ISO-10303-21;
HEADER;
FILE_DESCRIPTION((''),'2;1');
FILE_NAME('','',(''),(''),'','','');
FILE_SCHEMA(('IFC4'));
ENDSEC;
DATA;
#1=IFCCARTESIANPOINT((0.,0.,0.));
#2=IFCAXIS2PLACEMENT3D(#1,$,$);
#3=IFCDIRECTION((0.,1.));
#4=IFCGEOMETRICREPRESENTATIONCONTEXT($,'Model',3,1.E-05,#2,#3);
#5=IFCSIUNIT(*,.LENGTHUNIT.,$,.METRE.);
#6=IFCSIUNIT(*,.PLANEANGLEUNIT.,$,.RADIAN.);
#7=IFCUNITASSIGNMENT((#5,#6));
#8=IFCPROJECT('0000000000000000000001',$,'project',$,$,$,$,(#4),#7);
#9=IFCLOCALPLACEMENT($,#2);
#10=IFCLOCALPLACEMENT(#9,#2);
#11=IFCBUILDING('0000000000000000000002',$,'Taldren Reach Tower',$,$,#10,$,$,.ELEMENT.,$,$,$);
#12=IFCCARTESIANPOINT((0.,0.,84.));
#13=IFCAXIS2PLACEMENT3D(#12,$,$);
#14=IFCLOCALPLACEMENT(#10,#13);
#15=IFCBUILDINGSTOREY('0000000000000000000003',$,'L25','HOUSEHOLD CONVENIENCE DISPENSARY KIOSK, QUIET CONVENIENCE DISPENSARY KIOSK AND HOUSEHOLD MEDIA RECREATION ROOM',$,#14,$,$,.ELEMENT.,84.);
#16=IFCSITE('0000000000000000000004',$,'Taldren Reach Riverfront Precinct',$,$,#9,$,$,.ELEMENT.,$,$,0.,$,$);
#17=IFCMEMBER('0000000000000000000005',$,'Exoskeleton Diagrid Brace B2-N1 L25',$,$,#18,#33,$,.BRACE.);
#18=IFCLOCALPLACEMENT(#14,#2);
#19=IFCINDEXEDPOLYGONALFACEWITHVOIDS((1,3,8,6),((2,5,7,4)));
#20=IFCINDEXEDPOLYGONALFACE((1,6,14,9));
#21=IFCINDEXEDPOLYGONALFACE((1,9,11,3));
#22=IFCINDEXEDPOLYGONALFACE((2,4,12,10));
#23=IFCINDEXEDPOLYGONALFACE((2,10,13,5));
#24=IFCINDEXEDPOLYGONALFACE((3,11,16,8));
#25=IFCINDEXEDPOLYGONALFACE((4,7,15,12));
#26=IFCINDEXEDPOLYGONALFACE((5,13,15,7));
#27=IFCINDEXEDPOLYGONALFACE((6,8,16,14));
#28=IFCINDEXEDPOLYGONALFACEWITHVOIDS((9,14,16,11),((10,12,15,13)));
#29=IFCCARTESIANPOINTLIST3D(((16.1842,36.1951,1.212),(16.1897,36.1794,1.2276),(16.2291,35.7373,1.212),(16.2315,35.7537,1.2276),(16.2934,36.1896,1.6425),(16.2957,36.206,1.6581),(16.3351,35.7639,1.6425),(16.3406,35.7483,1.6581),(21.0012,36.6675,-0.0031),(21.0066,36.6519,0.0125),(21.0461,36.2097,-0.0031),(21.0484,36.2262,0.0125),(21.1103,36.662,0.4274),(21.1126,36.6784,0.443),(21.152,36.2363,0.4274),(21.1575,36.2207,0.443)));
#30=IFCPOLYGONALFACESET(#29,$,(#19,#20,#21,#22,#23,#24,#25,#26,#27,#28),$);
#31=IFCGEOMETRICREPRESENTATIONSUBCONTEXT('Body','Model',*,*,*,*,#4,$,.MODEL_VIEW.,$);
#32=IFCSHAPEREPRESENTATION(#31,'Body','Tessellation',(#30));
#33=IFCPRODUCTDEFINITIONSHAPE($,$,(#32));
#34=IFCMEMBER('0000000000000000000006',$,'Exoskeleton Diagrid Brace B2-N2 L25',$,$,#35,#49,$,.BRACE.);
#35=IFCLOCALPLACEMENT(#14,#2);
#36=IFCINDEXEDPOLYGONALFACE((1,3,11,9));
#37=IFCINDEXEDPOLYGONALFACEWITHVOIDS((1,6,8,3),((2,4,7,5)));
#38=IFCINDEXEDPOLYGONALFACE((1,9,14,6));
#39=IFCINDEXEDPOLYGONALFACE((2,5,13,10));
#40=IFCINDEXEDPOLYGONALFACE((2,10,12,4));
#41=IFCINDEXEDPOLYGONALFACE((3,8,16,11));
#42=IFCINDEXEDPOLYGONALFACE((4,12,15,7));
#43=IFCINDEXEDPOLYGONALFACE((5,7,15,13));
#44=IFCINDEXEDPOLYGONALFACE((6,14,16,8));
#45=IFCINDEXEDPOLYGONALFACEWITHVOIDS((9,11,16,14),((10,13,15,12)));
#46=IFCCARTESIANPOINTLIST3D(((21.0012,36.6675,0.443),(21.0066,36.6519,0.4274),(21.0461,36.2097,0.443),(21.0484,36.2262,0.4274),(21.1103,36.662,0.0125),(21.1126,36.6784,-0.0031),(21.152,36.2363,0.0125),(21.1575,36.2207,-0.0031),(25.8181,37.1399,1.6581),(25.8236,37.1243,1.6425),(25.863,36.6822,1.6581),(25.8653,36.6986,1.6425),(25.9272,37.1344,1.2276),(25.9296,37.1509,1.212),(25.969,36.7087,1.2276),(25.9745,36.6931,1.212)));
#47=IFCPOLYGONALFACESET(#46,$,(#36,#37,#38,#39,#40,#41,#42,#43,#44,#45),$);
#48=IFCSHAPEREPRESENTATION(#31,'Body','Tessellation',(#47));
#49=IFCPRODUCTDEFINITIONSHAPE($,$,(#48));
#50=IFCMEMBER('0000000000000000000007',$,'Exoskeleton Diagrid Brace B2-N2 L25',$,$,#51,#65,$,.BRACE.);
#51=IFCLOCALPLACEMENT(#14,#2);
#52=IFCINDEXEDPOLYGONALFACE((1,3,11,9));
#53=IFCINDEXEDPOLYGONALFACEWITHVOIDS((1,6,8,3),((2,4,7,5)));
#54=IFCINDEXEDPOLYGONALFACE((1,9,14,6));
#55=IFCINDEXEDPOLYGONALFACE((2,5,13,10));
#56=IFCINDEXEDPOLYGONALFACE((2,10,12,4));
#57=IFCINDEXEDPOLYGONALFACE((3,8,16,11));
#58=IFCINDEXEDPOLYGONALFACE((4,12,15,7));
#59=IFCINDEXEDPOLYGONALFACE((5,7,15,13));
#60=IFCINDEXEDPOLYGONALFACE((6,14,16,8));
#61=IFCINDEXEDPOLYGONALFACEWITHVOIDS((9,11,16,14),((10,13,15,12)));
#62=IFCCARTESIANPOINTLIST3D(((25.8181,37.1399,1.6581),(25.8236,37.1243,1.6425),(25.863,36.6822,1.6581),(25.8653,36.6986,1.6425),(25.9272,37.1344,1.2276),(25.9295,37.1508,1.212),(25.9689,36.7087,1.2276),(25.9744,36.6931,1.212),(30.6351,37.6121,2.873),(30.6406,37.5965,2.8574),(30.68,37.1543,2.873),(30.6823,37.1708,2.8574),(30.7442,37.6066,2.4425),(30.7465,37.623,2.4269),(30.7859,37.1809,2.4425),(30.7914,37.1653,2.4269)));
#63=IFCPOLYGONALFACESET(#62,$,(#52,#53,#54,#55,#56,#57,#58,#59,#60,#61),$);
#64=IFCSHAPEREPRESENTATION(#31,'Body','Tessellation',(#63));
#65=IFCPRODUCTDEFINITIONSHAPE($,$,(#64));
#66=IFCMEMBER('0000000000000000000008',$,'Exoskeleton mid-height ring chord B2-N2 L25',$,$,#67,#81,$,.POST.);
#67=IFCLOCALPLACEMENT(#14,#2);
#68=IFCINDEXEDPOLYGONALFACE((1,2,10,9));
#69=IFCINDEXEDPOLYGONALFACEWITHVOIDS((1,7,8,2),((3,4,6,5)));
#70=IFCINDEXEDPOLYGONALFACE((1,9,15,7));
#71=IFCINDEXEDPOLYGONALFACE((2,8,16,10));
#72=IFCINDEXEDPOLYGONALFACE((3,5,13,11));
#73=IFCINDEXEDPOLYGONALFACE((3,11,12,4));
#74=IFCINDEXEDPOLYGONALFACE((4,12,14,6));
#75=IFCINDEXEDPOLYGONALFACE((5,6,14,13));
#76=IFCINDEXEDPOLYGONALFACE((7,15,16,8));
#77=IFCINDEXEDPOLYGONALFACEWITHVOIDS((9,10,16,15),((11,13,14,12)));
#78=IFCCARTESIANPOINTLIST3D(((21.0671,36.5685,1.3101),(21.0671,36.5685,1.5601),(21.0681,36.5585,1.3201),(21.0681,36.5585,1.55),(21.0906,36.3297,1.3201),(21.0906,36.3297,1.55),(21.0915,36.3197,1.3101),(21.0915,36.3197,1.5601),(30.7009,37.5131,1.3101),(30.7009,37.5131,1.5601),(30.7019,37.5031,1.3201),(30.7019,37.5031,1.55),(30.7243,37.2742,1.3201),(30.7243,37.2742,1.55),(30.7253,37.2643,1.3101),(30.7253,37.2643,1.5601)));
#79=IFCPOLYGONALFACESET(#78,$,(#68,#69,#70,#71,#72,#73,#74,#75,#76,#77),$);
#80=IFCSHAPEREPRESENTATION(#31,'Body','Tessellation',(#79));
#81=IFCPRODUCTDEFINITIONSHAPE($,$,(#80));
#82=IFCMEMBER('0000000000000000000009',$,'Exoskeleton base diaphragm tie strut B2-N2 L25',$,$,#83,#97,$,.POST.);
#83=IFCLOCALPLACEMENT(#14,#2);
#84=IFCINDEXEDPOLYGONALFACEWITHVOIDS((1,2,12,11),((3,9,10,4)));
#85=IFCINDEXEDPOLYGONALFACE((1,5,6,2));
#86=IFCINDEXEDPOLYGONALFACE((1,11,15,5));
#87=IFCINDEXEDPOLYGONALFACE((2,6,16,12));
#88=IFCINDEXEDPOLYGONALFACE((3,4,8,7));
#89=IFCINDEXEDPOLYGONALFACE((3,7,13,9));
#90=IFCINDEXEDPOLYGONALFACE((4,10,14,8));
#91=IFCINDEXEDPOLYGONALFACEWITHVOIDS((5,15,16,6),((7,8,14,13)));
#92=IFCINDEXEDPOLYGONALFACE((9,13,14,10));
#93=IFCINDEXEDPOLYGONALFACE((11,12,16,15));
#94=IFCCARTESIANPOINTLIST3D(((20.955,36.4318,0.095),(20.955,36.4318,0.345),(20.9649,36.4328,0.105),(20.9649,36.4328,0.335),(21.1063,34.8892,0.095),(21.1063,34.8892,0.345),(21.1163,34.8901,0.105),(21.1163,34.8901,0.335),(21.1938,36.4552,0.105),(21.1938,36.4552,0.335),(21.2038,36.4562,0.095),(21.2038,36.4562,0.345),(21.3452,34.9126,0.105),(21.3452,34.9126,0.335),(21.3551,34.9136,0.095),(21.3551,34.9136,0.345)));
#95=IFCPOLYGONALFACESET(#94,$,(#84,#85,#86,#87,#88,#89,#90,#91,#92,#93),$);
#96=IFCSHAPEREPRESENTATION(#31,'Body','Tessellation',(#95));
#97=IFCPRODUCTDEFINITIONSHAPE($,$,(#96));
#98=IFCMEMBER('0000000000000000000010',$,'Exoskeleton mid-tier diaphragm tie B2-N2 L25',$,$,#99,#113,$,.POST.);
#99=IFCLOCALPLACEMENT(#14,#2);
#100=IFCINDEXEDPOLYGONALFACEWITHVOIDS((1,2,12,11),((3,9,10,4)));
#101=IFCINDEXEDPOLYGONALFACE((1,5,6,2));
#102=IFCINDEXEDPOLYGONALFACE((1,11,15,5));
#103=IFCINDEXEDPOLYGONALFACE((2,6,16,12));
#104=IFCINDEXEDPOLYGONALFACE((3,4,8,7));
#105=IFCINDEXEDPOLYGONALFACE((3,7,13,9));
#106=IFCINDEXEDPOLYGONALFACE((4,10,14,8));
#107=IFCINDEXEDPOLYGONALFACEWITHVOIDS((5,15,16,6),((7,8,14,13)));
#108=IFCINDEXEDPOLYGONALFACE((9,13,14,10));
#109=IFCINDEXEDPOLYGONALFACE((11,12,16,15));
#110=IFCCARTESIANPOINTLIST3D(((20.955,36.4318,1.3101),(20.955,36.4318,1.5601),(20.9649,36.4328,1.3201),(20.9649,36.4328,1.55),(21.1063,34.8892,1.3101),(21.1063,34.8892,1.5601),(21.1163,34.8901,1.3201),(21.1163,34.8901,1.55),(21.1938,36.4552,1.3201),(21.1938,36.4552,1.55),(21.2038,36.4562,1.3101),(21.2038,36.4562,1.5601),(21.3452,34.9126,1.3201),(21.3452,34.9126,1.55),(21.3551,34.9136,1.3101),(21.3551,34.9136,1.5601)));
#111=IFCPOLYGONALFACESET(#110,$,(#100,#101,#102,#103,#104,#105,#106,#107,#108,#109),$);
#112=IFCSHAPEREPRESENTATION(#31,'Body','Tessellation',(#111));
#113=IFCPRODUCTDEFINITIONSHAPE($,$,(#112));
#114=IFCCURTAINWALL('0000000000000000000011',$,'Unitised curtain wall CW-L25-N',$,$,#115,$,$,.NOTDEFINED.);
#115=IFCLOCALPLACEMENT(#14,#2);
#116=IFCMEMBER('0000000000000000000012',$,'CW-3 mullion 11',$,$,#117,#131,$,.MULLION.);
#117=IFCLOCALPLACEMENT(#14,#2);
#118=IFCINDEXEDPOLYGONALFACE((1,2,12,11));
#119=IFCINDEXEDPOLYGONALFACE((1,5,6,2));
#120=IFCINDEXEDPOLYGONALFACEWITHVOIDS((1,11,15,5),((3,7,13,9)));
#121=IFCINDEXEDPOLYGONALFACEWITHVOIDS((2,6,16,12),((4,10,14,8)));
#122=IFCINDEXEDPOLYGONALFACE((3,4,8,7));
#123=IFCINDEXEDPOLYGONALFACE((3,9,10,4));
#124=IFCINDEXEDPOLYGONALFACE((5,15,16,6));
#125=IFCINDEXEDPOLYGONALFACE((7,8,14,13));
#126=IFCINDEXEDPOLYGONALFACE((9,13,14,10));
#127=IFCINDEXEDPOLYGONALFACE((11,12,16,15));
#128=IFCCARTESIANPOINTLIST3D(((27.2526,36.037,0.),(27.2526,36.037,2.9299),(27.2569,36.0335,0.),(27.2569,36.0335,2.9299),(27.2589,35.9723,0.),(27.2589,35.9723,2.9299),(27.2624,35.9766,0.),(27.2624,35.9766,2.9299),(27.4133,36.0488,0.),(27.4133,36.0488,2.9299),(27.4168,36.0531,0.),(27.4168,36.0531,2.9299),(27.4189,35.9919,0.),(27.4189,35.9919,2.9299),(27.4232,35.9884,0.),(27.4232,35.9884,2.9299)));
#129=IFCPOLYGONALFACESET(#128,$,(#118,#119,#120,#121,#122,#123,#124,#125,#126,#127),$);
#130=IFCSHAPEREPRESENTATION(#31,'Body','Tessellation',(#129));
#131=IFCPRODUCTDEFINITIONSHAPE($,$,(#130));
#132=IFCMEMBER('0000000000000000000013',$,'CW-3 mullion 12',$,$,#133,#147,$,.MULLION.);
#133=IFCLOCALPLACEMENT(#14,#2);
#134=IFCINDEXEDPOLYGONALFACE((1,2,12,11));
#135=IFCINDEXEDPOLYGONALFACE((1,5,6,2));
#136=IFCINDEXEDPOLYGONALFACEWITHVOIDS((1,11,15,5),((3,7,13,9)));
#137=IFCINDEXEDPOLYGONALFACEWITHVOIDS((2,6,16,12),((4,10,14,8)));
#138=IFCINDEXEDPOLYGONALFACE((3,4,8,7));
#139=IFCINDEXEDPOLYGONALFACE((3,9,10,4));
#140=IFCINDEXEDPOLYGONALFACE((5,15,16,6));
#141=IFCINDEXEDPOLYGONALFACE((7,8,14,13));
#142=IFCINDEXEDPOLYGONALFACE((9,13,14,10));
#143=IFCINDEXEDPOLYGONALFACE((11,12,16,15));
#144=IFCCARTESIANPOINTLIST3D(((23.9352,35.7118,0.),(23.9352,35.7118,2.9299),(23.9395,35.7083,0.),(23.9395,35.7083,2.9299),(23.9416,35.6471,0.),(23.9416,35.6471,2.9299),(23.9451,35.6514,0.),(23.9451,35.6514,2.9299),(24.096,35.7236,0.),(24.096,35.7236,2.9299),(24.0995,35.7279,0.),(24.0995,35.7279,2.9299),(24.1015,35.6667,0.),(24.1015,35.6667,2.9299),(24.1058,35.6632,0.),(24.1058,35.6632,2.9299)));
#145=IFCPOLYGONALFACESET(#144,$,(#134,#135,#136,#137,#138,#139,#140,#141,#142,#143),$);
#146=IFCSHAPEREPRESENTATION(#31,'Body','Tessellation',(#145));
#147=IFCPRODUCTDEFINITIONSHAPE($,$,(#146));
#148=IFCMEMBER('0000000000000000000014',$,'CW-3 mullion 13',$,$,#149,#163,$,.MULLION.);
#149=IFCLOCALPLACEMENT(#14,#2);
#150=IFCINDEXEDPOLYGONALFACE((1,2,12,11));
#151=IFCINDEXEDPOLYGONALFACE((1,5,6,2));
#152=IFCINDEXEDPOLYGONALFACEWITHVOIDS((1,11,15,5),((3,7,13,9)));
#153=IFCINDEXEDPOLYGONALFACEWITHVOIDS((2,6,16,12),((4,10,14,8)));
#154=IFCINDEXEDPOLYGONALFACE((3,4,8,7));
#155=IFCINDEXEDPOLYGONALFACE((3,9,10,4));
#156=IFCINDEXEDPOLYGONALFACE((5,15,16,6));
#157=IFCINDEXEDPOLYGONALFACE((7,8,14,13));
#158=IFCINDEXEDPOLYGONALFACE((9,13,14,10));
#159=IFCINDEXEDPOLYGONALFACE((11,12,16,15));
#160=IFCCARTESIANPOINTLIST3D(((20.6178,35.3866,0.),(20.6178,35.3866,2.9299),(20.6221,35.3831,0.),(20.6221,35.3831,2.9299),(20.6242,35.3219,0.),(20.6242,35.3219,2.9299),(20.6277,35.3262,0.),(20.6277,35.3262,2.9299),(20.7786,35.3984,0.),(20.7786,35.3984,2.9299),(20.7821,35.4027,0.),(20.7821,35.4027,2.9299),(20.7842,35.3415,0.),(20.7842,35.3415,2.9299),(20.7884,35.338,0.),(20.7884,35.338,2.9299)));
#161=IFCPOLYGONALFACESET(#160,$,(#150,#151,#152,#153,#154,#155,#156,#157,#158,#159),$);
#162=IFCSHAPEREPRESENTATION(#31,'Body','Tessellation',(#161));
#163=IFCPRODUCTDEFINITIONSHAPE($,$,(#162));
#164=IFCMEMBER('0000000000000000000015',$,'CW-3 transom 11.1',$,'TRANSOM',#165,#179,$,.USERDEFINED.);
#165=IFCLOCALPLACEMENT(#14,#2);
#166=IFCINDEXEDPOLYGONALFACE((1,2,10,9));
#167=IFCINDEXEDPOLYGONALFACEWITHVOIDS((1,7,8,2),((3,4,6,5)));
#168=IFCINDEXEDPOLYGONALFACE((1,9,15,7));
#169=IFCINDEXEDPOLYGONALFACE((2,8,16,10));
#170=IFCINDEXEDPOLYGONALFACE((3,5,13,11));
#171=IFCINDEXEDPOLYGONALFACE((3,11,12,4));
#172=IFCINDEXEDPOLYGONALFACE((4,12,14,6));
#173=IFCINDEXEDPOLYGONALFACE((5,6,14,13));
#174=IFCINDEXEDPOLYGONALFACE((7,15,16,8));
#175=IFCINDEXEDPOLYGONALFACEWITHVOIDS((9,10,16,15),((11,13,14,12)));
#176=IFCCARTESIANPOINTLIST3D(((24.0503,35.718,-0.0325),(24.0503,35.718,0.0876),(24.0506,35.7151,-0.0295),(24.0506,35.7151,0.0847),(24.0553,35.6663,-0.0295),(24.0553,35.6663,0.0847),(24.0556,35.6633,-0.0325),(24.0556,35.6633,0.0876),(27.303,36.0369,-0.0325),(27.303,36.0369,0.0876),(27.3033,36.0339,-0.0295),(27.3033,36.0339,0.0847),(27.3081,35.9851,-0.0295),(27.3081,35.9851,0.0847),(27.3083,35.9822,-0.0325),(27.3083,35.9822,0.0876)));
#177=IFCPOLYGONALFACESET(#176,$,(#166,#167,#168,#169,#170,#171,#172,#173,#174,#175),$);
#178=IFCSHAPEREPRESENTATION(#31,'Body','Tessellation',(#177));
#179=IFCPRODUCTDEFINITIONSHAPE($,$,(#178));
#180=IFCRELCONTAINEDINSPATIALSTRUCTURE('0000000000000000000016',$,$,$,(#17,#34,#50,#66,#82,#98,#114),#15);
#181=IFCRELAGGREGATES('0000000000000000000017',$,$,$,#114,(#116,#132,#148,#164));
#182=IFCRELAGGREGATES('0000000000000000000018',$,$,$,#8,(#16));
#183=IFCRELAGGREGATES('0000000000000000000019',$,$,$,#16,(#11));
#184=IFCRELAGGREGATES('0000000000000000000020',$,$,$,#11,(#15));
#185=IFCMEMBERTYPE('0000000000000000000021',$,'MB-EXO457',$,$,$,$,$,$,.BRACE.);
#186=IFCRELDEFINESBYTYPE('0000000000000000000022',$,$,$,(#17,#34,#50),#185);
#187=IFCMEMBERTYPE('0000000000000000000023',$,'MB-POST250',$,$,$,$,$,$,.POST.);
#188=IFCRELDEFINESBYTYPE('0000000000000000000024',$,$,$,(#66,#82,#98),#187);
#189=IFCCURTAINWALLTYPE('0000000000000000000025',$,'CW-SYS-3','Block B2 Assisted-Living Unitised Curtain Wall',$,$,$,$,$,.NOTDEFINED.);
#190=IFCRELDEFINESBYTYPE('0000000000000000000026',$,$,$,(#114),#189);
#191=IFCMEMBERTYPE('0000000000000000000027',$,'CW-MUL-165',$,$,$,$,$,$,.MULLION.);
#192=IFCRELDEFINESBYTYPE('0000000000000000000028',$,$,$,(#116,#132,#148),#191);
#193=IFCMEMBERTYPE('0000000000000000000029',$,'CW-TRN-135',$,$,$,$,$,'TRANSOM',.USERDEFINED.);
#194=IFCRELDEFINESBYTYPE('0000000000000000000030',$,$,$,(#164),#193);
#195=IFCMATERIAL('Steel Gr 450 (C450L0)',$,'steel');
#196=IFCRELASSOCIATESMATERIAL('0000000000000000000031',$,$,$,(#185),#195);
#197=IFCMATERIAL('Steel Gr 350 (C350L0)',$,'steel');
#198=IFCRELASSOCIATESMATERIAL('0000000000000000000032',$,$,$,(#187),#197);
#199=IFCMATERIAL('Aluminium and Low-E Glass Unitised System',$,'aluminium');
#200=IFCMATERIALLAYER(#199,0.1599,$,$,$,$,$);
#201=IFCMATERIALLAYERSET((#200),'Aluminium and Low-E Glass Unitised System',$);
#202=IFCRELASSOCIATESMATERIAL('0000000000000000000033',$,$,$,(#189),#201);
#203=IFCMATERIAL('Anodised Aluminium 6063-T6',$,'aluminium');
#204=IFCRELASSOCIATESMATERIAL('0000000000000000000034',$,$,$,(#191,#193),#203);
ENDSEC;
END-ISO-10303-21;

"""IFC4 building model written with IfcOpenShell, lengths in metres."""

from ifc_helpers import new_model, si_unit, direction, frame, origin, origin_2d, place, context, subcontext, project, spatial, hollow_rectangle, extrude, source, transform, mapped, material, layer, layer_set, material_profile, profile_set, type_object, element, aggregate, save


model = new_model("IFC4")

# Units and contexts
model_context = context("Model", 3, precision=1e-05, world=origin(), true_north=direction((0.0, 1.0)))
body_context = subcontext(model_context, "Body", "Model", "MODEL_VIEW")
ifc_project = project(units=[si_unit("LENGTHUNIT", "METRE"), si_unit("PLANEANGLEUNIT", "RADIAN")], contexts=[model_context])

# Site, building, storey
site_placement = place(None, origin())
site = spatial("IfcSite", under=ifc_project, at=site_placement, Name="Taldren Reach Riverfront Precinct", CompositionType="ELEMENT", RefElevation=0.0)
building_placement = place(site_placement, origin())
building = spatial("IfcBuilding", under=site, at=building_placement, Name="Taldren Reach Tower", CompositionType="ELEMENT")
storey_placement = place(building_placement, frame((0.0, 0.0, 84.0)))
storey = spatial("IfcBuildingStorey", under=building, at=storey_placement, Name="L25", Description="HOUSEHOLD CONVENIENCE DISPENSARY KIOSK, QUIET CONVENIENCE DISPENSARY KIOSK AND HOUSEHOLD MEDIA RECREATION ROOM", CompositionType="ELEMENT", Elevation=84.0)

# Members
ifc_material_1 = material(Name="Steel Gr 450 (C450L0)", Category="steel")
ifc_material_profile_1 = material_profile(ifc_material_1, hollow_rectangle(XDim=0.46, YDim=0.46, WallThickness=0.0161, at=origin_2d()), Name="460x460x16.0SHS")
ifc_profile_set_1 = profile_set([ifc_material_profile_1], Name="Steel Gr 450 (C450L0)")
member_type_1 = type_object("IfcMemberType", Name="MB-EXO457", PredefinedType="BRACE", material=ifc_profile_set_1)
shared_shape_1 = source(origin(), body_context, "Body", "SweptSolid", [
    extrude(hollow_rectangle(XDim=0.46, YDim=0.46, WallThickness=0.0161, at=origin_2d()), origin(), (0.0, 0.0, 1.0), 4.9902),
])
for number, where, z_axis, x_axis, name in (
    (1, (21.0793, 36.4441, 0.22), (-0.965271, -0.094668, 0.243495), (0.097606, -0.995225, 0.0), "Exoskeleton Diagrid Brace B2-N1 L25"),
    (2, (21.0793, 36.4441, 0.22), (0.965271, 0.094668, 0.243495), (-0.097606, 0.995225, 0.0), "Exoskeleton Diagrid Brace B2-N2 L25"),
    (3, (25.8962, 36.9165, 1.4351), (0.965287, 0.094621, 0.24345), (-0.097556, 0.99523, 0.0), "Exoskeleton Diagrid Brace B2-N2 L25"),
):
    element("IfcMember", number, at=place(storey_placement, frame(where, z_axis=z_axis, x_axis=x_axis)), inside=storey, type_object=member_type_1, Name=name, PredefinedType="BRACE", context=body_context, shape_type="MappedRepresentation", body=[
        mapped(shared_shape_1, transform((0.0, 0.0, 0.0), scale=1.0)),
    ])
ifc_material_2 = material(Name="Steel Gr 350 (C350L0)", Category="steel")
ifc_material_profile_2 = material_profile(ifc_material_2, hollow_rectangle(XDim=0.25, YDim=0.25, WallThickness=0.01, at=origin_2d()), Name="250x250x10.0SHS")
ifc_profile_set_2 = profile_set([ifc_material_profile_2], Name="Steel Gr 350 (C350L0)")
member_type_2 = type_object("IfcMemberType", Name="MB-POST250", PredefinedType="POST", material=ifc_profile_set_2)
shared_shape_2 = source(origin(), body_context, "Body", "SweptSolid", [
    extrude(hollow_rectangle(XDim=0.25, YDim=0.25, WallThickness=0.01, at=origin_2d()), origin(), (0.0, 0.0, 1.0), 9.6799),
])
member_1_placement = place(storey_placement, frame((21.0793, 36.4441, 1.4351), z_axis=(0.995228, 0.097581, 0.0), x_axis=(-0.097581, 0.995228, 0.0)))
element("IfcMember", 4, at=member_1_placement, inside=storey, type_object=member_type_2, Name="Exoskeleton mid-height ring chord B2-N2 L25", PredefinedType="POST", context=body_context, shape_type="MappedRepresentation", body=[
    mapped(shared_shape_2, transform((0.0, 0.0, 0.0), scale=1.0)),
])
shared_shape_3 = source(origin(), body_context, "Body", "SweptSolid", [
    extrude(hollow_rectangle(XDim=0.25, YDim=0.25, WallThickness=0.01, at=origin_2d()), origin(), (0.0, 0.0, 1.0), 1.55),
])
for number, where, z_axis, x_axis, name in (
    (5, (21.2307, 34.9014, 0.22), (-0.097648, 0.995221, 0.0), (-0.995221, -0.097648, 0.0), "Exoskeleton base diaphragm tie strut B2-N2 L25"),
    (6, (21.2307, 34.9014, 1.4351), (-0.097648, 0.995221, 0.0), (-0.995221, -0.097648, 0.0), "Exoskeleton mid-tier diaphragm tie B2-N2 L25"),
):
    element("IfcMember", number, at=place(storey_placement, frame(where, z_axis=z_axis, x_axis=x_axis)), inside=storey, type_object=member_type_2, Name=name, PredefinedType="POST", context=body_context, shape_type="MappedRepresentation", body=[
        mapped(shared_shape_3, transform((0.0, 0.0, 0.0), scale=1.0)),
    ])

# Curtain wall, members
ifc_material_3 = material(Name="Aluminium and Low-E Glass Unitised System", Category="aluminium")
ifc_layer_1 = layer(ifc_material_3, 0.1599)
ifc_layer_set_1 = layer_set([ifc_layer_1], Name="Aluminium and Low-E Glass Unitised System")
curtain_wall_type = type_object("IfcCurtainWallType", Name="CW-SYS-3", Description="Block B2 Assisted-Living Unitised Curtain Wall", PredefinedType="NOTDEFINED", material=ifc_layer_set_1)
curtain_wall_placement = place(storey_placement, origin())
curtain_wall = element("IfcCurtainWall", 7, at=curtain_wall_placement, inside=storey, type_object=curtain_wall_type, Name="Unitised curtain wall CW-L25-N", PredefinedType="NOTDEFINED")
ifc_material_4 = material(Name="Anodised Aluminium 6063-T6", Category="aluminium")
ifc_material_profile_3 = material_profile(ifc_material_4, hollow_rectangle(XDim=0.0649, YDim=0.165, WallThickness=0.0039, at=origin_2d()), Name="ALU-165x65x4RHS")
ifc_profile_set_3 = profile_set([ifc_material_profile_3], Name="Anodised Aluminium 6063-T6")
member_type_3 = type_object("IfcMemberType", Name="CW-MUL-165", PredefinedType="MULLION", material=ifc_profile_set_3)
shared_shape_4 = source(origin(), body_context, "Body", "SweptSolid", [
    extrude(hollow_rectangle(XDim=0.0649, YDim=0.165, WallThickness=0.0039, at=origin_2d()), origin(), (0.0, 0.0, 1.0), 2.9299),
])
member_2_placement = place(storey_placement, frame((27.3379, 36.0127, 0.0), z_axis=(0.0, 0.0, 1.0), x_axis=(0.097583, -0.995227, 0.0)))
member_2 = element("IfcMember", 8, at=member_2_placement, type_object=member_type_3, Name="CW-3 mullion 11", PredefinedType="MULLION", context=body_context, shape_type="MappedRepresentation", body=[
    mapped(shared_shape_4, transform((0.0, 0.0, 0.0), scale=1.0)),
])
member_3_placement = place(storey_placement, frame((24.0205, 35.6875, 0.0), z_axis=(0.0, 0.0, 1.0), x_axis=(0.097583, -0.995227, 0.0)))
member_3 = element("IfcMember", 9, at=member_3_placement, type_object=member_type_3, Name="CW-3 mullion 12", PredefinedType="MULLION", context=body_context, shape_type="MappedRepresentation", body=[
    mapped(shared_shape_4, transform((0.0, 0.0, 0.0), scale=1.0)),
])
member_4_placement = place(storey_placement, frame((20.7031, 35.3623, 0.0), z_axis=(0.0, 0.0, 1.0), x_axis=(0.097583, -0.995227, 0.0)))
member_4 = element("IfcMember", 10, at=member_4_placement, type_object=member_type_3, Name="CW-3 mullion 13", PredefinedType="MULLION", context=body_context, shape_type="MappedRepresentation", body=[
    mapped(shared_shape_4, transform((0.0, 0.0, 0.0), scale=1.0)),
])
ifc_material_profile_4 = material_profile(ifc_material_4, hollow_rectangle(XDim=0.0549, YDim=0.1201, WallThickness=0.0029, at=origin_2d()), Name="ALU-120x55x3RHS")
ifc_profile_set_4 = profile_set([ifc_material_profile_4], Name="Anodised Aluminium 6063-T6")
member_type_4 = type_object("IfcMemberType", Name="CW-TRN-135", ElementType="TRANSOM", PredefinedType="USERDEFINED", material=ifc_profile_set_4)
shared_shape_5 = source(origin(), body_context, "Body", "SweptSolid", [
    extrude(hollow_rectangle(XDim=0.0549, YDim=0.1201, WallThickness=0.0029, at=origin_2d()), origin(), (0.0, 0.0, 1.0), 3.2683),
])
member_5_placement = place(storey_placement, frame((27.3057, 36.0095, 0.0276), z_axis=(-0.99523, -0.097558, 0.0), x_axis=(0.097558, -0.99523, 0.0)))
member_5 = element("IfcMember", 11, at=member_5_placement, type_object=member_type_4, Name="CW-3 transom 11.1", ObjectType="TRANSOM", PredefinedType="USERDEFINED", context=body_context, shape_type="MappedRepresentation", body=[
    mapped(shared_shape_5, transform((0.0, 0.0, 0.0), scale=1.0)),
])

aggregate(curtain_wall, [member_2, member_3, member_4, member_5])

save(model, "model.ifc")
